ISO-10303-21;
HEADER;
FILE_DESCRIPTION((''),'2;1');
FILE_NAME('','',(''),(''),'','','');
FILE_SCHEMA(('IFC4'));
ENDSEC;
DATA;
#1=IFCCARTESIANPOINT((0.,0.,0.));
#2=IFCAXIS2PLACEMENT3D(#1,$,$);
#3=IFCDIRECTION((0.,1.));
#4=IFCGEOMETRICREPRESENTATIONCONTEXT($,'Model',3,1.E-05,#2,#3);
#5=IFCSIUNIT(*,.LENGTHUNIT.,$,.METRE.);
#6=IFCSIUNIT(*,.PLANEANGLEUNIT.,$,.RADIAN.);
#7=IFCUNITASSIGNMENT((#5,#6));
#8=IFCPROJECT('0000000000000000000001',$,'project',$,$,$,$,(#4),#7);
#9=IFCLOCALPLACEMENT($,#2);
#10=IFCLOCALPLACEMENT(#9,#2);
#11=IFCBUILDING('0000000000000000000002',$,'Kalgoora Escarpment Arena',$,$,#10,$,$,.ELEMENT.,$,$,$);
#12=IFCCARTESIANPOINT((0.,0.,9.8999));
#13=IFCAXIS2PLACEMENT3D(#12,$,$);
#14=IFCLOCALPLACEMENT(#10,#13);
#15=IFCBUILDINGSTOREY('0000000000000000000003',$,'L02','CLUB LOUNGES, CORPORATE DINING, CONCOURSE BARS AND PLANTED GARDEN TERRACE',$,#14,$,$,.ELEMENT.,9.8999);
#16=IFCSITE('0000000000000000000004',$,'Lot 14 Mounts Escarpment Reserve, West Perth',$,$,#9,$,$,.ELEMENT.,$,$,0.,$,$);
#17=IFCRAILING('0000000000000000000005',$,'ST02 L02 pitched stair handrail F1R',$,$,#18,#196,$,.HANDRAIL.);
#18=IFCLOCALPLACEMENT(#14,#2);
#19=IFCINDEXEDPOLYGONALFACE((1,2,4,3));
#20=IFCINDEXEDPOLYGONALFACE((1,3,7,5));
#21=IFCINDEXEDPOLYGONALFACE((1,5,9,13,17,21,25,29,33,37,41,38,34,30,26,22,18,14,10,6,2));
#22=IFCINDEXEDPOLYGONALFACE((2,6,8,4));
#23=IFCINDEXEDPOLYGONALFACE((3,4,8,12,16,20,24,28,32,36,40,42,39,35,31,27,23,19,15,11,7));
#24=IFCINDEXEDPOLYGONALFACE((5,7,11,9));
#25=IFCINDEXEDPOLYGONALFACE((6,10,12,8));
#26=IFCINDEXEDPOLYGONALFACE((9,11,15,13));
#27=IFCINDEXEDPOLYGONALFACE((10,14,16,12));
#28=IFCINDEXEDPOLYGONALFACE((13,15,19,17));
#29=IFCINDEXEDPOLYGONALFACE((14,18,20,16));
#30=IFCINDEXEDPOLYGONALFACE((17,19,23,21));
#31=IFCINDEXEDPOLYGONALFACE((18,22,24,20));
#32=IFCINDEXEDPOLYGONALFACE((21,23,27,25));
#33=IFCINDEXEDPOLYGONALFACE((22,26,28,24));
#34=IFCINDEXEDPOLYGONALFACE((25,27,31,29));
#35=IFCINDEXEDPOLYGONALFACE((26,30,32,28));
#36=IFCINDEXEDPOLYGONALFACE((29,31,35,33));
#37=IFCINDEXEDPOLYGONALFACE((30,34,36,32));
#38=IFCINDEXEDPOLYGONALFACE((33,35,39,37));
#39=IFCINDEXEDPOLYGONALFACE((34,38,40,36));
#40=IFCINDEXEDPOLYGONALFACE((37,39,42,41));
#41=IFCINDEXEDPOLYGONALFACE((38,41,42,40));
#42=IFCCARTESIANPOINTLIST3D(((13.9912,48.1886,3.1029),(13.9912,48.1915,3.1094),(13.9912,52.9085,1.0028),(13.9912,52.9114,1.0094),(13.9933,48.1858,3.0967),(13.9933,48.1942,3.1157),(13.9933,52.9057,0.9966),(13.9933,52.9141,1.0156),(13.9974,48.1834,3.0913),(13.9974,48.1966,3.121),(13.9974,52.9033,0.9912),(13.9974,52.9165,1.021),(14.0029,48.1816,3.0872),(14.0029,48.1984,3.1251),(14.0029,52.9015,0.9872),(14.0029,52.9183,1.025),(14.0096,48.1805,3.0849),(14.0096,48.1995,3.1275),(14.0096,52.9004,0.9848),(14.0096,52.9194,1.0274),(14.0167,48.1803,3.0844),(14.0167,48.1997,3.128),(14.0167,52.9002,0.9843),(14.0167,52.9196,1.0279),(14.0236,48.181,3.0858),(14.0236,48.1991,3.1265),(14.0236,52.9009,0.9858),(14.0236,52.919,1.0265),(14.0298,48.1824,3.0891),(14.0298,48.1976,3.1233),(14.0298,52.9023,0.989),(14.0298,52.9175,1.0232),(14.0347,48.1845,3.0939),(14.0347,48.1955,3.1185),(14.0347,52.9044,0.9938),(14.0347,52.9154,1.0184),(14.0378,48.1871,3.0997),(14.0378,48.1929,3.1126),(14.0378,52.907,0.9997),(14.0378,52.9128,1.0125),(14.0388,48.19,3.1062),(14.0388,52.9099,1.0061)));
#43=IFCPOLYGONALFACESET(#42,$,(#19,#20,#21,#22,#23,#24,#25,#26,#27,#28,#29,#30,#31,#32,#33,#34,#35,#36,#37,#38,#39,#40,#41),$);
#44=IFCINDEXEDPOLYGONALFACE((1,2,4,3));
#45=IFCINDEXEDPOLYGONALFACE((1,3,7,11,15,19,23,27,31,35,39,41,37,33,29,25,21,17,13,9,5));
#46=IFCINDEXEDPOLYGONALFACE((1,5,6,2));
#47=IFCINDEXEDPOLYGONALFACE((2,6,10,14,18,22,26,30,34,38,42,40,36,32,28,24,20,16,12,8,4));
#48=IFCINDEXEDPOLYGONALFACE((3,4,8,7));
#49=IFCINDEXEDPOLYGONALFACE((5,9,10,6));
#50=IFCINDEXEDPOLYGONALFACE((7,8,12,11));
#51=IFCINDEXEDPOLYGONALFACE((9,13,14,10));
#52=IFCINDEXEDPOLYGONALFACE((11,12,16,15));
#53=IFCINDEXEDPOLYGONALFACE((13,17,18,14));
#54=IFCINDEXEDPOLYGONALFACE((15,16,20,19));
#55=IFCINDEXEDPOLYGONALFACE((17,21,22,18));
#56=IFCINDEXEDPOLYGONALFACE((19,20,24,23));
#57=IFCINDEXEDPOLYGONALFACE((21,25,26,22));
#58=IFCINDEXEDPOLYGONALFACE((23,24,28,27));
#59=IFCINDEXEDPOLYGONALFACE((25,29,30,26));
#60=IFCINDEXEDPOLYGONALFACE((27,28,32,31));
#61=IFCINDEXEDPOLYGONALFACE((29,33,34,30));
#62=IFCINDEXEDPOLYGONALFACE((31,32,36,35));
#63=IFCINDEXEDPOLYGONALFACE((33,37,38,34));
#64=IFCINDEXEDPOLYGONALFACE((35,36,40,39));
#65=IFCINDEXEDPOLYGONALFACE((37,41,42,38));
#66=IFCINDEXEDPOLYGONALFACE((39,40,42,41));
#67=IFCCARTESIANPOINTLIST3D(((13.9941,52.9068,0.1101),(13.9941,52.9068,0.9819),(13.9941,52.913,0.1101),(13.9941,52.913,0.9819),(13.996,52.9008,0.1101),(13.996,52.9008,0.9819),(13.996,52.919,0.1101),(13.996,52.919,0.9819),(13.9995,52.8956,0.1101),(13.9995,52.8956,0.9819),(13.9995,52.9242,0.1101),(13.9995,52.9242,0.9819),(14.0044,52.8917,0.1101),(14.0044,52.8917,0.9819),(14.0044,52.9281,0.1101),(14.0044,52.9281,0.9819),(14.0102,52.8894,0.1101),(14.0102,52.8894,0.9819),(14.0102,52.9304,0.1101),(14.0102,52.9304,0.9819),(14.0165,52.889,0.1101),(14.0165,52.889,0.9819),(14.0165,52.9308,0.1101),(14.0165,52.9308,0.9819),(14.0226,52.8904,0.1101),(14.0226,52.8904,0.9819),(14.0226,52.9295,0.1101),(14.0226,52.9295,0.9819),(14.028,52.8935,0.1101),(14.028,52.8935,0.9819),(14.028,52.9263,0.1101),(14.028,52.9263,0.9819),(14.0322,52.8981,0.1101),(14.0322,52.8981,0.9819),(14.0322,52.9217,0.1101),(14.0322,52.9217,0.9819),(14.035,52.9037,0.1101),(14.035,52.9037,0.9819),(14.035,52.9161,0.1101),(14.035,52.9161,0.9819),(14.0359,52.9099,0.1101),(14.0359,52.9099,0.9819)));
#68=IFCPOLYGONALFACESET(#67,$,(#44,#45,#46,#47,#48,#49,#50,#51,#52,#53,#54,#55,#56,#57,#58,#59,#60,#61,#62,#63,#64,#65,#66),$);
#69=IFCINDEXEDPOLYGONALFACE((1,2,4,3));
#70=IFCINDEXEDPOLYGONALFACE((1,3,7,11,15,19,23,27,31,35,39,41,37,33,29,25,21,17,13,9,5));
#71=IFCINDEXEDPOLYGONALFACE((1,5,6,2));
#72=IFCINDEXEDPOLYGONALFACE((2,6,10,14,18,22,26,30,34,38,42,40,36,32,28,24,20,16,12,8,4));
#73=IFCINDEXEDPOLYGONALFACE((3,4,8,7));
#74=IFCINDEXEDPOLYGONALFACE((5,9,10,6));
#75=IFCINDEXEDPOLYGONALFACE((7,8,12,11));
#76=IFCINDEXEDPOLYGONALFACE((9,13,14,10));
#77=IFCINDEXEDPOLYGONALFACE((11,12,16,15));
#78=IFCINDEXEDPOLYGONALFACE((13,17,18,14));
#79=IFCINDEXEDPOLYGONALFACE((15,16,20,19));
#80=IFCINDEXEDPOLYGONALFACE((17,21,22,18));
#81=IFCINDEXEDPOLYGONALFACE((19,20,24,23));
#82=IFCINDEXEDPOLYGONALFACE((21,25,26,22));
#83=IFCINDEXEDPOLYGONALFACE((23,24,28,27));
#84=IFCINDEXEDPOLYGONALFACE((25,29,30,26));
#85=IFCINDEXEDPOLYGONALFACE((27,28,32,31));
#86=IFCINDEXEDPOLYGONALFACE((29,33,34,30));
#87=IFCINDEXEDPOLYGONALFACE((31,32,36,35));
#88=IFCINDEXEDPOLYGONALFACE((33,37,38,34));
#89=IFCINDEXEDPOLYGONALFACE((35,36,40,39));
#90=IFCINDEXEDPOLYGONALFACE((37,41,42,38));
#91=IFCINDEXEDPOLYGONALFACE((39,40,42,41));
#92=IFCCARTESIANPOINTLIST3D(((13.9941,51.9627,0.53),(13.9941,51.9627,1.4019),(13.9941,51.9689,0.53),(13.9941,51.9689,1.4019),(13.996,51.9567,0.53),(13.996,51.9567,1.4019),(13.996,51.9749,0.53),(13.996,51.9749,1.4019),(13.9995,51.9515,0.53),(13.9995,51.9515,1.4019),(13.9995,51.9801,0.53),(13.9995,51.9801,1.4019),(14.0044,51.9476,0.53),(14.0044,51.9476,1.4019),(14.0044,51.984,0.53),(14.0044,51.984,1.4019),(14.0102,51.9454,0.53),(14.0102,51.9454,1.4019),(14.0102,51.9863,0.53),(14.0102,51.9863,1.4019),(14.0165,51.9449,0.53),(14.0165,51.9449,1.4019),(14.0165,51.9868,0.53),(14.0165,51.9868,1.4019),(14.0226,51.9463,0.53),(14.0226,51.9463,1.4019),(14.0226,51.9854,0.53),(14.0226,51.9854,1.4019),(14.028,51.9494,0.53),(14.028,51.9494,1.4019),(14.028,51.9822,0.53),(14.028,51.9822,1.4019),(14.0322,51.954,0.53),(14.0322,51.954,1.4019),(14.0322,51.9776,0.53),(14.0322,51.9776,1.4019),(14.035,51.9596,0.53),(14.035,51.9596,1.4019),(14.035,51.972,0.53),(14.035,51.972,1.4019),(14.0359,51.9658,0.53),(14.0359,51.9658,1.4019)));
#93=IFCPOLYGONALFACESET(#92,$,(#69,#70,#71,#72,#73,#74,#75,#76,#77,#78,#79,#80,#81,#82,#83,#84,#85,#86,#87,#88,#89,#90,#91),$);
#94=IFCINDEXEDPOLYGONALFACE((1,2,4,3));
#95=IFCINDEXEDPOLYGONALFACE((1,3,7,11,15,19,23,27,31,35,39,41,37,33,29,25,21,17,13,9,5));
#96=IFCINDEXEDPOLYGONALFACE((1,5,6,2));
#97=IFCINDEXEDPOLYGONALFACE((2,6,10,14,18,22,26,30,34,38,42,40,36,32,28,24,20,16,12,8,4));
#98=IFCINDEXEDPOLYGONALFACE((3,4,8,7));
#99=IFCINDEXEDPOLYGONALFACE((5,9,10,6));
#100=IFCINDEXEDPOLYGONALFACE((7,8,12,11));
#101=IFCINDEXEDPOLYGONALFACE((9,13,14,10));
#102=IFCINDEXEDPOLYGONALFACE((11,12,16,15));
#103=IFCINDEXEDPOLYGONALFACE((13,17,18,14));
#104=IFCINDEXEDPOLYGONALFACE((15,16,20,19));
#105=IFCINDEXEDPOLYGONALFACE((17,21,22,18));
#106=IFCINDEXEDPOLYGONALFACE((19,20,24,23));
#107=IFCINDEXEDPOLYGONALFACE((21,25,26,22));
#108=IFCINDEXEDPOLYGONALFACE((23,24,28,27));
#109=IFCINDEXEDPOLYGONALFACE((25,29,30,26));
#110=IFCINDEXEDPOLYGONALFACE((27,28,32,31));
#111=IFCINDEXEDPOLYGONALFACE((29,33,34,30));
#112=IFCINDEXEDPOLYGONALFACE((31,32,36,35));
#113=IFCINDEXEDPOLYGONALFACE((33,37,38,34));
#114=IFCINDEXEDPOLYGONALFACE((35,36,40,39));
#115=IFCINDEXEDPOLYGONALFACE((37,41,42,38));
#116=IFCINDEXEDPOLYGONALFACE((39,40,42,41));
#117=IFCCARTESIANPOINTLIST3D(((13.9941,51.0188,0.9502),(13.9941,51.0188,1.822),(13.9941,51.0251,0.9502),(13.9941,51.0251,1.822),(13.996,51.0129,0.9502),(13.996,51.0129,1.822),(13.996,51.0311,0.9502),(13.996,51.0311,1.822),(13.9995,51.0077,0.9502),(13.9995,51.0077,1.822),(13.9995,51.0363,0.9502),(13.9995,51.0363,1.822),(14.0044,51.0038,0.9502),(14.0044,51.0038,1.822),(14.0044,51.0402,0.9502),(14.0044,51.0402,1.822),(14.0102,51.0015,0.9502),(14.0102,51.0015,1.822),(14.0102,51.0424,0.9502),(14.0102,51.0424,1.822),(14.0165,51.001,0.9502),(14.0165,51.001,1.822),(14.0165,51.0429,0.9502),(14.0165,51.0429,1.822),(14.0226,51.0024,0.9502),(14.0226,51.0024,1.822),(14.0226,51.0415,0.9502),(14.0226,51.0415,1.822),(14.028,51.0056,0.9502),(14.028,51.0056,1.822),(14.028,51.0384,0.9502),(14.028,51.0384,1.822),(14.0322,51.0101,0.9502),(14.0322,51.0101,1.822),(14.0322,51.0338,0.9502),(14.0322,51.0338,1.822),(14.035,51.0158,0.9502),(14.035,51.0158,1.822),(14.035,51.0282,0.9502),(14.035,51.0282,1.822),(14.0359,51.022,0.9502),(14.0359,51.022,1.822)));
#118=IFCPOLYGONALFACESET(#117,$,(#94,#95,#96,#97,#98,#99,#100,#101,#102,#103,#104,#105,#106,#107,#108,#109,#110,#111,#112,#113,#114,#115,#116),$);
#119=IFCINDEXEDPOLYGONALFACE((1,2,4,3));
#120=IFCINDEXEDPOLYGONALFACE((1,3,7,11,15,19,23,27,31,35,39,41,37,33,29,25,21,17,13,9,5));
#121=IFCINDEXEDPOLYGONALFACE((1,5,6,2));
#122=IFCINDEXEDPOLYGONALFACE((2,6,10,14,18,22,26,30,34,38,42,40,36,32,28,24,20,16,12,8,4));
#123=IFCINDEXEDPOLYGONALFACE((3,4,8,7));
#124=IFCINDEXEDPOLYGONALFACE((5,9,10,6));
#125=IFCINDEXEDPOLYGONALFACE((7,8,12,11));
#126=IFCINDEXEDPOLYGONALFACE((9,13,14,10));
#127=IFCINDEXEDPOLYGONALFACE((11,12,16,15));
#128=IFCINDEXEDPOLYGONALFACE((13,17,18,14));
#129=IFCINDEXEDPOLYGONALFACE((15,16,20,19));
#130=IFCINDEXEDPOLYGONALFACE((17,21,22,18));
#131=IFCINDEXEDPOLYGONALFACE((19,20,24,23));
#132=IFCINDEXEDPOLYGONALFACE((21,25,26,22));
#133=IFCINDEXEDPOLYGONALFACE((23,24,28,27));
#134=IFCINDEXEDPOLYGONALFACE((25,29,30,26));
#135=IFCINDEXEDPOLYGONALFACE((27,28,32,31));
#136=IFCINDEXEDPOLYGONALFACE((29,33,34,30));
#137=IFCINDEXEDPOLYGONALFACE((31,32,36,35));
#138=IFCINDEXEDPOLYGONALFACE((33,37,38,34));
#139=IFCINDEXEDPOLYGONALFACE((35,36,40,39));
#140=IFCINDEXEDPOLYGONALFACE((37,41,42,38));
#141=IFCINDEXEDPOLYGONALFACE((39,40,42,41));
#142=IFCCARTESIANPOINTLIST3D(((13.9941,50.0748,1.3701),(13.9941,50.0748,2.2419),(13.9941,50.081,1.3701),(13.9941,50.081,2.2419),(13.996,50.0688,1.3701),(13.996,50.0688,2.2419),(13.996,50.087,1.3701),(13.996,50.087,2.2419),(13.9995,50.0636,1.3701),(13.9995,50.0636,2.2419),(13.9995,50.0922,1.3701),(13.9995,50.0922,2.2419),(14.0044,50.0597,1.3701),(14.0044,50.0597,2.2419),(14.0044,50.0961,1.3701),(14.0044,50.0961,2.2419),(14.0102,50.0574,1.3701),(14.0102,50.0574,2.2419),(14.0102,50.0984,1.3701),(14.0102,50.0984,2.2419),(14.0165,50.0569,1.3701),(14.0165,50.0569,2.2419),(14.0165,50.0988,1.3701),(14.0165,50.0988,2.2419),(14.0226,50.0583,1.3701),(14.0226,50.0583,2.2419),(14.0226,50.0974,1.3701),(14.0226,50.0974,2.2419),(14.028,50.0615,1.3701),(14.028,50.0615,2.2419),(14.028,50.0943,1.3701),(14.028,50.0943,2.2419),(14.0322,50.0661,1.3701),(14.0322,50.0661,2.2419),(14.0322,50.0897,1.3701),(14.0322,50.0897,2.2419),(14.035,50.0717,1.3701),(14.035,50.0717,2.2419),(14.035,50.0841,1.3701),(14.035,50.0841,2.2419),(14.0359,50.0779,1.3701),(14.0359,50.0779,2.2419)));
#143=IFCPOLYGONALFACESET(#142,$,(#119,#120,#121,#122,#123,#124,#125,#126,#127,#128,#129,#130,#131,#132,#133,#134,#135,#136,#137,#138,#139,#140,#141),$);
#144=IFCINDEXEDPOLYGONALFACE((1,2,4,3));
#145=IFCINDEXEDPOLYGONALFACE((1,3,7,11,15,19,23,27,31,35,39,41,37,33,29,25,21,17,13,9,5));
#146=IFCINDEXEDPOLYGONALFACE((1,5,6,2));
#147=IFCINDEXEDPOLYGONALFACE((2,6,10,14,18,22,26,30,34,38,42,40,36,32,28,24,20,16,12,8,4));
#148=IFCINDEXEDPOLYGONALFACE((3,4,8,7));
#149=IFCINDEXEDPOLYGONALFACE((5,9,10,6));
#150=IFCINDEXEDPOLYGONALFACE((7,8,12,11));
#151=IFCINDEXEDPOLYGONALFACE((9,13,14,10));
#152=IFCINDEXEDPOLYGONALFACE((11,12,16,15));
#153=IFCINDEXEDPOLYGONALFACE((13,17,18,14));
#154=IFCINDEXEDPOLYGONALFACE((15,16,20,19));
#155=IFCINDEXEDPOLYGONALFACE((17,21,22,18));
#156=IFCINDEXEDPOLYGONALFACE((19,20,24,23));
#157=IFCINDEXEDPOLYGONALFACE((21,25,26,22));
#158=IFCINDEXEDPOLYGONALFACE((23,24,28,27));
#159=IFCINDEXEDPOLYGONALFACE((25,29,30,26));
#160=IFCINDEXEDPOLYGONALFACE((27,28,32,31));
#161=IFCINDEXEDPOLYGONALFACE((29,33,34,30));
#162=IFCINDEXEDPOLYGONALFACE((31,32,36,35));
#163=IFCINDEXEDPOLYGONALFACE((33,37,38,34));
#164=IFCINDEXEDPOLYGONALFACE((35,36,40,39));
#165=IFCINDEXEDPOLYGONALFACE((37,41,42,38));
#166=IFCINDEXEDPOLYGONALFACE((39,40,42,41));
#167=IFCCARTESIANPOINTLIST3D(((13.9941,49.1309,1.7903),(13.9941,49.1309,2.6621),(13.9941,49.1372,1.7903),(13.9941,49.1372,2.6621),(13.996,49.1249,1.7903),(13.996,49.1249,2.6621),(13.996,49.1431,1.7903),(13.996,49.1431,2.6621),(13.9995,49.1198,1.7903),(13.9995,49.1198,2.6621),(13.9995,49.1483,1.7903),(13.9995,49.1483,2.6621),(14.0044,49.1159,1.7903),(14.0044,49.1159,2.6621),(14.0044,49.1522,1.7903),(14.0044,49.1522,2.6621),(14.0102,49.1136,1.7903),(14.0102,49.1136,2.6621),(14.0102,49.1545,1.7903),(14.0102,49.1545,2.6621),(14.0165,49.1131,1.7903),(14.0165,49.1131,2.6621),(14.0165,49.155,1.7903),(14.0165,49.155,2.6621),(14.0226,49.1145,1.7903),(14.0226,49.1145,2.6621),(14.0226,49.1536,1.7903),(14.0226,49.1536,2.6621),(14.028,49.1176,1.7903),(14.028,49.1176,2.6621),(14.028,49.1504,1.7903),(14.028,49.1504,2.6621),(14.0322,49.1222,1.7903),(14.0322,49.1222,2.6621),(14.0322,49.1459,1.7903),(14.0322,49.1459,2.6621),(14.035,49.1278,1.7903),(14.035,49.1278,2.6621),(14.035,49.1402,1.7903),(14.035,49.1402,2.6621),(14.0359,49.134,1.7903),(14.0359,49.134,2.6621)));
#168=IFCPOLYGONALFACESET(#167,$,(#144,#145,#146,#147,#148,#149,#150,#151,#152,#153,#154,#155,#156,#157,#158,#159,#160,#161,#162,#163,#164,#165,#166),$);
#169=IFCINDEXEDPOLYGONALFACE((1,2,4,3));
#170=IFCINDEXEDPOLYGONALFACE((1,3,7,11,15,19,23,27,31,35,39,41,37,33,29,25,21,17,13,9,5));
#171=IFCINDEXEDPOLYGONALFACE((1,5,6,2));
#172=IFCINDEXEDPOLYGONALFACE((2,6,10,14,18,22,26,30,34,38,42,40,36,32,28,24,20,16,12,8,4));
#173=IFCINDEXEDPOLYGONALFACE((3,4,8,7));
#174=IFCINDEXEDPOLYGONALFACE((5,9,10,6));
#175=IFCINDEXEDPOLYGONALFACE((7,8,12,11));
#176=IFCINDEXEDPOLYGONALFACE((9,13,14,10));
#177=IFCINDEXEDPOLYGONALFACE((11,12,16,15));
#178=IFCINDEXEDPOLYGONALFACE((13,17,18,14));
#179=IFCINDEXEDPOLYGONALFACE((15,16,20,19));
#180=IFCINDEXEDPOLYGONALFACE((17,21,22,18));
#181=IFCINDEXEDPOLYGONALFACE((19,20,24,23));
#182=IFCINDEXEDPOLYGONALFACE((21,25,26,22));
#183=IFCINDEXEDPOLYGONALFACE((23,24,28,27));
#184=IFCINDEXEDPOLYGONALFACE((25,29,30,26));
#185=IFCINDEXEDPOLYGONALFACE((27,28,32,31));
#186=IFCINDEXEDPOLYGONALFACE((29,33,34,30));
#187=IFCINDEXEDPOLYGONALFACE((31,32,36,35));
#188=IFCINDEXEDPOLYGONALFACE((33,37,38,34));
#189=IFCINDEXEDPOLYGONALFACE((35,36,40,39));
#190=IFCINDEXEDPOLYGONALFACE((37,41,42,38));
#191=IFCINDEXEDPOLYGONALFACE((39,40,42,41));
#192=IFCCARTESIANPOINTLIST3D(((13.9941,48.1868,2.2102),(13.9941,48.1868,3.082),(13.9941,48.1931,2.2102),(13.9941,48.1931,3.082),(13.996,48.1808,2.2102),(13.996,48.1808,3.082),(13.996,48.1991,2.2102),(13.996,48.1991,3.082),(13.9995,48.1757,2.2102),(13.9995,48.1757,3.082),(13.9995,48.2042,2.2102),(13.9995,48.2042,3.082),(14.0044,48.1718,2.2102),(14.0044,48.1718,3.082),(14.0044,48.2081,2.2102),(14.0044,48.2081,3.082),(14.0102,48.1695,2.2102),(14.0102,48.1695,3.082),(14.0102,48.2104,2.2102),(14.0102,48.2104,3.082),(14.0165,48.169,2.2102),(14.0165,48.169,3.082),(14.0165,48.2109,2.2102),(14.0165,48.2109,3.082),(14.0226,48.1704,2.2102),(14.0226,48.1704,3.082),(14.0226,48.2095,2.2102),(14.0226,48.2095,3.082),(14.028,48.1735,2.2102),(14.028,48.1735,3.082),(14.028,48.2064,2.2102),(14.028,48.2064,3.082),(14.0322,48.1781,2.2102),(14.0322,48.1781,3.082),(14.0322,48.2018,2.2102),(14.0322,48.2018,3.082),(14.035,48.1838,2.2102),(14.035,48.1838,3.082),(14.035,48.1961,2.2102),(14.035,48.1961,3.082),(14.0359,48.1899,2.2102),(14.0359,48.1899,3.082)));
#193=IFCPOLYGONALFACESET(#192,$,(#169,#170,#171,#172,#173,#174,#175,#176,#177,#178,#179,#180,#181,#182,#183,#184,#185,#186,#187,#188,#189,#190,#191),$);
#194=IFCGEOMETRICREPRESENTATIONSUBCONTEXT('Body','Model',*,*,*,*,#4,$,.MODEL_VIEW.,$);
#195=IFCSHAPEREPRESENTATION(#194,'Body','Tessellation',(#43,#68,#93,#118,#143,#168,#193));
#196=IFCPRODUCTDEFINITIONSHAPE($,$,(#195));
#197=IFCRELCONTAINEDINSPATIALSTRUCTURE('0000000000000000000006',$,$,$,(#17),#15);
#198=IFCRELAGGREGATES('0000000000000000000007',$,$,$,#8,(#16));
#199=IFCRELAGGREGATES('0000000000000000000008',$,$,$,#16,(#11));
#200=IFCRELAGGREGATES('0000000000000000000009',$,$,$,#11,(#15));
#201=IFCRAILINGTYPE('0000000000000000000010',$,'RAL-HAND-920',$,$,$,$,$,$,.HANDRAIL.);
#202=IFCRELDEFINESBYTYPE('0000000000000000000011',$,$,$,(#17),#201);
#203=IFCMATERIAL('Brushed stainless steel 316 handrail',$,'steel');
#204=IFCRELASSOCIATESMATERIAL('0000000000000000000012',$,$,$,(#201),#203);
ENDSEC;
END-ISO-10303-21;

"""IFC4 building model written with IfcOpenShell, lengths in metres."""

from ifc_helpers import new_model, si_unit, direction, frame, origin, origin_2d, place, context, subcontext, project, spatial, circle, extrude, material, type_object, element, save


model = new_model("IFC4")

# Units and contexts
model_context = context("Model", 3, precision=1e-05, world=origin(), true_north=direction((0.0, 1.0)))
body_context = subcontext(model_context, "Body", "Model", "MODEL_VIEW")
ifc_project = project(units=[si_unit("LENGTHUNIT", "METRE"), si_unit("PLANEANGLEUNIT", "RADIAN")], contexts=[model_context])

# Site, building, storey
site_placement = place(None, origin())
site = spatial("IfcSite", under=ifc_project, at=site_placement, Name="Lot 14 Mounts Escarpment Reserve, West Perth", CompositionType="ELEMENT", RefElevation=0.0)
building_placement = place(site_placement, origin())
building = spatial("IfcBuilding", under=site, at=building_placement, Name="Kalgoora Escarpment Arena", CompositionType="ELEMENT")
storey_placement = place(building_placement, frame((0.0, 0.0, 9.8999)))
storey = spatial("IfcBuildingStorey", under=building, at=storey_placement, Name="L02", Description="CLUB LOUNGES, CORPORATE DINING, CONCOURSE BARS AND PLANTED GARDEN TERRACE", CompositionType="ELEMENT", Elevation=9.8999)

# Railing
ifc_material_1 = material(Name="Brushed stainless steel 316 handrail", Category="steel")
railing_type_1 = type_object("IfcRailingType", Name="RAL-HAND-920", PredefinedType="HANDRAIL", material=ifc_material_1)
for number, where, name in (
    (1, (14.0149, 52.9099, 0.1101), "ST02 L02 pitched stair handrail F1R"),
):
    element("IfcRailing", number, at=place(storey_placement, frame(where)), inside=storey, type_object=railing_type_1, Name=name, PredefinedType="HANDRAIL", context=body_context, shape_type="SweptSolid", body=[
        extrude(circle(Radius=0.0239, at=origin_2d()), frame((0.0, 0.0, 0.896), z_axis=(0.0, -0.913644, 0.406516), x_axis=(1.0, 0.0, 0.0)), (0.0, 0.0, 1.0), 5.166),
        extrude(circle(Radius=0.021, at=origin_2d()), origin(), (0.0, 0.0, 1.0), 0.8718),
        extrude(circle(Radius=0.021, at=origin_2d()), frame((0.0, -0.9441, 0.4199)), (0.0, 0.0, 1.0), 0.8718),
        extrude(circle(Radius=0.021, at=origin_2d()), frame((0.0, -1.8879, 0.8401)), (0.0, 0.0, 1.0), 0.8718),
        extrude(circle(Radius=0.021, at=origin_2d()), frame((0.0, -2.832, 1.26)), (0.0, 0.0, 1.0), 0.8718),
        extrude(circle(Radius=0.021, at=origin_2d()), frame((0.0, -3.7759, 1.6802)), (0.0, 0.0, 1.0), 0.8718),
        extrude(circle(Radius=0.021, at=origin_2d()), frame((0.0, -4.72, 2.1001)), (0.0, 0.0, 1.0), 0.8718),
    ])

save(model, "model.ifc")
